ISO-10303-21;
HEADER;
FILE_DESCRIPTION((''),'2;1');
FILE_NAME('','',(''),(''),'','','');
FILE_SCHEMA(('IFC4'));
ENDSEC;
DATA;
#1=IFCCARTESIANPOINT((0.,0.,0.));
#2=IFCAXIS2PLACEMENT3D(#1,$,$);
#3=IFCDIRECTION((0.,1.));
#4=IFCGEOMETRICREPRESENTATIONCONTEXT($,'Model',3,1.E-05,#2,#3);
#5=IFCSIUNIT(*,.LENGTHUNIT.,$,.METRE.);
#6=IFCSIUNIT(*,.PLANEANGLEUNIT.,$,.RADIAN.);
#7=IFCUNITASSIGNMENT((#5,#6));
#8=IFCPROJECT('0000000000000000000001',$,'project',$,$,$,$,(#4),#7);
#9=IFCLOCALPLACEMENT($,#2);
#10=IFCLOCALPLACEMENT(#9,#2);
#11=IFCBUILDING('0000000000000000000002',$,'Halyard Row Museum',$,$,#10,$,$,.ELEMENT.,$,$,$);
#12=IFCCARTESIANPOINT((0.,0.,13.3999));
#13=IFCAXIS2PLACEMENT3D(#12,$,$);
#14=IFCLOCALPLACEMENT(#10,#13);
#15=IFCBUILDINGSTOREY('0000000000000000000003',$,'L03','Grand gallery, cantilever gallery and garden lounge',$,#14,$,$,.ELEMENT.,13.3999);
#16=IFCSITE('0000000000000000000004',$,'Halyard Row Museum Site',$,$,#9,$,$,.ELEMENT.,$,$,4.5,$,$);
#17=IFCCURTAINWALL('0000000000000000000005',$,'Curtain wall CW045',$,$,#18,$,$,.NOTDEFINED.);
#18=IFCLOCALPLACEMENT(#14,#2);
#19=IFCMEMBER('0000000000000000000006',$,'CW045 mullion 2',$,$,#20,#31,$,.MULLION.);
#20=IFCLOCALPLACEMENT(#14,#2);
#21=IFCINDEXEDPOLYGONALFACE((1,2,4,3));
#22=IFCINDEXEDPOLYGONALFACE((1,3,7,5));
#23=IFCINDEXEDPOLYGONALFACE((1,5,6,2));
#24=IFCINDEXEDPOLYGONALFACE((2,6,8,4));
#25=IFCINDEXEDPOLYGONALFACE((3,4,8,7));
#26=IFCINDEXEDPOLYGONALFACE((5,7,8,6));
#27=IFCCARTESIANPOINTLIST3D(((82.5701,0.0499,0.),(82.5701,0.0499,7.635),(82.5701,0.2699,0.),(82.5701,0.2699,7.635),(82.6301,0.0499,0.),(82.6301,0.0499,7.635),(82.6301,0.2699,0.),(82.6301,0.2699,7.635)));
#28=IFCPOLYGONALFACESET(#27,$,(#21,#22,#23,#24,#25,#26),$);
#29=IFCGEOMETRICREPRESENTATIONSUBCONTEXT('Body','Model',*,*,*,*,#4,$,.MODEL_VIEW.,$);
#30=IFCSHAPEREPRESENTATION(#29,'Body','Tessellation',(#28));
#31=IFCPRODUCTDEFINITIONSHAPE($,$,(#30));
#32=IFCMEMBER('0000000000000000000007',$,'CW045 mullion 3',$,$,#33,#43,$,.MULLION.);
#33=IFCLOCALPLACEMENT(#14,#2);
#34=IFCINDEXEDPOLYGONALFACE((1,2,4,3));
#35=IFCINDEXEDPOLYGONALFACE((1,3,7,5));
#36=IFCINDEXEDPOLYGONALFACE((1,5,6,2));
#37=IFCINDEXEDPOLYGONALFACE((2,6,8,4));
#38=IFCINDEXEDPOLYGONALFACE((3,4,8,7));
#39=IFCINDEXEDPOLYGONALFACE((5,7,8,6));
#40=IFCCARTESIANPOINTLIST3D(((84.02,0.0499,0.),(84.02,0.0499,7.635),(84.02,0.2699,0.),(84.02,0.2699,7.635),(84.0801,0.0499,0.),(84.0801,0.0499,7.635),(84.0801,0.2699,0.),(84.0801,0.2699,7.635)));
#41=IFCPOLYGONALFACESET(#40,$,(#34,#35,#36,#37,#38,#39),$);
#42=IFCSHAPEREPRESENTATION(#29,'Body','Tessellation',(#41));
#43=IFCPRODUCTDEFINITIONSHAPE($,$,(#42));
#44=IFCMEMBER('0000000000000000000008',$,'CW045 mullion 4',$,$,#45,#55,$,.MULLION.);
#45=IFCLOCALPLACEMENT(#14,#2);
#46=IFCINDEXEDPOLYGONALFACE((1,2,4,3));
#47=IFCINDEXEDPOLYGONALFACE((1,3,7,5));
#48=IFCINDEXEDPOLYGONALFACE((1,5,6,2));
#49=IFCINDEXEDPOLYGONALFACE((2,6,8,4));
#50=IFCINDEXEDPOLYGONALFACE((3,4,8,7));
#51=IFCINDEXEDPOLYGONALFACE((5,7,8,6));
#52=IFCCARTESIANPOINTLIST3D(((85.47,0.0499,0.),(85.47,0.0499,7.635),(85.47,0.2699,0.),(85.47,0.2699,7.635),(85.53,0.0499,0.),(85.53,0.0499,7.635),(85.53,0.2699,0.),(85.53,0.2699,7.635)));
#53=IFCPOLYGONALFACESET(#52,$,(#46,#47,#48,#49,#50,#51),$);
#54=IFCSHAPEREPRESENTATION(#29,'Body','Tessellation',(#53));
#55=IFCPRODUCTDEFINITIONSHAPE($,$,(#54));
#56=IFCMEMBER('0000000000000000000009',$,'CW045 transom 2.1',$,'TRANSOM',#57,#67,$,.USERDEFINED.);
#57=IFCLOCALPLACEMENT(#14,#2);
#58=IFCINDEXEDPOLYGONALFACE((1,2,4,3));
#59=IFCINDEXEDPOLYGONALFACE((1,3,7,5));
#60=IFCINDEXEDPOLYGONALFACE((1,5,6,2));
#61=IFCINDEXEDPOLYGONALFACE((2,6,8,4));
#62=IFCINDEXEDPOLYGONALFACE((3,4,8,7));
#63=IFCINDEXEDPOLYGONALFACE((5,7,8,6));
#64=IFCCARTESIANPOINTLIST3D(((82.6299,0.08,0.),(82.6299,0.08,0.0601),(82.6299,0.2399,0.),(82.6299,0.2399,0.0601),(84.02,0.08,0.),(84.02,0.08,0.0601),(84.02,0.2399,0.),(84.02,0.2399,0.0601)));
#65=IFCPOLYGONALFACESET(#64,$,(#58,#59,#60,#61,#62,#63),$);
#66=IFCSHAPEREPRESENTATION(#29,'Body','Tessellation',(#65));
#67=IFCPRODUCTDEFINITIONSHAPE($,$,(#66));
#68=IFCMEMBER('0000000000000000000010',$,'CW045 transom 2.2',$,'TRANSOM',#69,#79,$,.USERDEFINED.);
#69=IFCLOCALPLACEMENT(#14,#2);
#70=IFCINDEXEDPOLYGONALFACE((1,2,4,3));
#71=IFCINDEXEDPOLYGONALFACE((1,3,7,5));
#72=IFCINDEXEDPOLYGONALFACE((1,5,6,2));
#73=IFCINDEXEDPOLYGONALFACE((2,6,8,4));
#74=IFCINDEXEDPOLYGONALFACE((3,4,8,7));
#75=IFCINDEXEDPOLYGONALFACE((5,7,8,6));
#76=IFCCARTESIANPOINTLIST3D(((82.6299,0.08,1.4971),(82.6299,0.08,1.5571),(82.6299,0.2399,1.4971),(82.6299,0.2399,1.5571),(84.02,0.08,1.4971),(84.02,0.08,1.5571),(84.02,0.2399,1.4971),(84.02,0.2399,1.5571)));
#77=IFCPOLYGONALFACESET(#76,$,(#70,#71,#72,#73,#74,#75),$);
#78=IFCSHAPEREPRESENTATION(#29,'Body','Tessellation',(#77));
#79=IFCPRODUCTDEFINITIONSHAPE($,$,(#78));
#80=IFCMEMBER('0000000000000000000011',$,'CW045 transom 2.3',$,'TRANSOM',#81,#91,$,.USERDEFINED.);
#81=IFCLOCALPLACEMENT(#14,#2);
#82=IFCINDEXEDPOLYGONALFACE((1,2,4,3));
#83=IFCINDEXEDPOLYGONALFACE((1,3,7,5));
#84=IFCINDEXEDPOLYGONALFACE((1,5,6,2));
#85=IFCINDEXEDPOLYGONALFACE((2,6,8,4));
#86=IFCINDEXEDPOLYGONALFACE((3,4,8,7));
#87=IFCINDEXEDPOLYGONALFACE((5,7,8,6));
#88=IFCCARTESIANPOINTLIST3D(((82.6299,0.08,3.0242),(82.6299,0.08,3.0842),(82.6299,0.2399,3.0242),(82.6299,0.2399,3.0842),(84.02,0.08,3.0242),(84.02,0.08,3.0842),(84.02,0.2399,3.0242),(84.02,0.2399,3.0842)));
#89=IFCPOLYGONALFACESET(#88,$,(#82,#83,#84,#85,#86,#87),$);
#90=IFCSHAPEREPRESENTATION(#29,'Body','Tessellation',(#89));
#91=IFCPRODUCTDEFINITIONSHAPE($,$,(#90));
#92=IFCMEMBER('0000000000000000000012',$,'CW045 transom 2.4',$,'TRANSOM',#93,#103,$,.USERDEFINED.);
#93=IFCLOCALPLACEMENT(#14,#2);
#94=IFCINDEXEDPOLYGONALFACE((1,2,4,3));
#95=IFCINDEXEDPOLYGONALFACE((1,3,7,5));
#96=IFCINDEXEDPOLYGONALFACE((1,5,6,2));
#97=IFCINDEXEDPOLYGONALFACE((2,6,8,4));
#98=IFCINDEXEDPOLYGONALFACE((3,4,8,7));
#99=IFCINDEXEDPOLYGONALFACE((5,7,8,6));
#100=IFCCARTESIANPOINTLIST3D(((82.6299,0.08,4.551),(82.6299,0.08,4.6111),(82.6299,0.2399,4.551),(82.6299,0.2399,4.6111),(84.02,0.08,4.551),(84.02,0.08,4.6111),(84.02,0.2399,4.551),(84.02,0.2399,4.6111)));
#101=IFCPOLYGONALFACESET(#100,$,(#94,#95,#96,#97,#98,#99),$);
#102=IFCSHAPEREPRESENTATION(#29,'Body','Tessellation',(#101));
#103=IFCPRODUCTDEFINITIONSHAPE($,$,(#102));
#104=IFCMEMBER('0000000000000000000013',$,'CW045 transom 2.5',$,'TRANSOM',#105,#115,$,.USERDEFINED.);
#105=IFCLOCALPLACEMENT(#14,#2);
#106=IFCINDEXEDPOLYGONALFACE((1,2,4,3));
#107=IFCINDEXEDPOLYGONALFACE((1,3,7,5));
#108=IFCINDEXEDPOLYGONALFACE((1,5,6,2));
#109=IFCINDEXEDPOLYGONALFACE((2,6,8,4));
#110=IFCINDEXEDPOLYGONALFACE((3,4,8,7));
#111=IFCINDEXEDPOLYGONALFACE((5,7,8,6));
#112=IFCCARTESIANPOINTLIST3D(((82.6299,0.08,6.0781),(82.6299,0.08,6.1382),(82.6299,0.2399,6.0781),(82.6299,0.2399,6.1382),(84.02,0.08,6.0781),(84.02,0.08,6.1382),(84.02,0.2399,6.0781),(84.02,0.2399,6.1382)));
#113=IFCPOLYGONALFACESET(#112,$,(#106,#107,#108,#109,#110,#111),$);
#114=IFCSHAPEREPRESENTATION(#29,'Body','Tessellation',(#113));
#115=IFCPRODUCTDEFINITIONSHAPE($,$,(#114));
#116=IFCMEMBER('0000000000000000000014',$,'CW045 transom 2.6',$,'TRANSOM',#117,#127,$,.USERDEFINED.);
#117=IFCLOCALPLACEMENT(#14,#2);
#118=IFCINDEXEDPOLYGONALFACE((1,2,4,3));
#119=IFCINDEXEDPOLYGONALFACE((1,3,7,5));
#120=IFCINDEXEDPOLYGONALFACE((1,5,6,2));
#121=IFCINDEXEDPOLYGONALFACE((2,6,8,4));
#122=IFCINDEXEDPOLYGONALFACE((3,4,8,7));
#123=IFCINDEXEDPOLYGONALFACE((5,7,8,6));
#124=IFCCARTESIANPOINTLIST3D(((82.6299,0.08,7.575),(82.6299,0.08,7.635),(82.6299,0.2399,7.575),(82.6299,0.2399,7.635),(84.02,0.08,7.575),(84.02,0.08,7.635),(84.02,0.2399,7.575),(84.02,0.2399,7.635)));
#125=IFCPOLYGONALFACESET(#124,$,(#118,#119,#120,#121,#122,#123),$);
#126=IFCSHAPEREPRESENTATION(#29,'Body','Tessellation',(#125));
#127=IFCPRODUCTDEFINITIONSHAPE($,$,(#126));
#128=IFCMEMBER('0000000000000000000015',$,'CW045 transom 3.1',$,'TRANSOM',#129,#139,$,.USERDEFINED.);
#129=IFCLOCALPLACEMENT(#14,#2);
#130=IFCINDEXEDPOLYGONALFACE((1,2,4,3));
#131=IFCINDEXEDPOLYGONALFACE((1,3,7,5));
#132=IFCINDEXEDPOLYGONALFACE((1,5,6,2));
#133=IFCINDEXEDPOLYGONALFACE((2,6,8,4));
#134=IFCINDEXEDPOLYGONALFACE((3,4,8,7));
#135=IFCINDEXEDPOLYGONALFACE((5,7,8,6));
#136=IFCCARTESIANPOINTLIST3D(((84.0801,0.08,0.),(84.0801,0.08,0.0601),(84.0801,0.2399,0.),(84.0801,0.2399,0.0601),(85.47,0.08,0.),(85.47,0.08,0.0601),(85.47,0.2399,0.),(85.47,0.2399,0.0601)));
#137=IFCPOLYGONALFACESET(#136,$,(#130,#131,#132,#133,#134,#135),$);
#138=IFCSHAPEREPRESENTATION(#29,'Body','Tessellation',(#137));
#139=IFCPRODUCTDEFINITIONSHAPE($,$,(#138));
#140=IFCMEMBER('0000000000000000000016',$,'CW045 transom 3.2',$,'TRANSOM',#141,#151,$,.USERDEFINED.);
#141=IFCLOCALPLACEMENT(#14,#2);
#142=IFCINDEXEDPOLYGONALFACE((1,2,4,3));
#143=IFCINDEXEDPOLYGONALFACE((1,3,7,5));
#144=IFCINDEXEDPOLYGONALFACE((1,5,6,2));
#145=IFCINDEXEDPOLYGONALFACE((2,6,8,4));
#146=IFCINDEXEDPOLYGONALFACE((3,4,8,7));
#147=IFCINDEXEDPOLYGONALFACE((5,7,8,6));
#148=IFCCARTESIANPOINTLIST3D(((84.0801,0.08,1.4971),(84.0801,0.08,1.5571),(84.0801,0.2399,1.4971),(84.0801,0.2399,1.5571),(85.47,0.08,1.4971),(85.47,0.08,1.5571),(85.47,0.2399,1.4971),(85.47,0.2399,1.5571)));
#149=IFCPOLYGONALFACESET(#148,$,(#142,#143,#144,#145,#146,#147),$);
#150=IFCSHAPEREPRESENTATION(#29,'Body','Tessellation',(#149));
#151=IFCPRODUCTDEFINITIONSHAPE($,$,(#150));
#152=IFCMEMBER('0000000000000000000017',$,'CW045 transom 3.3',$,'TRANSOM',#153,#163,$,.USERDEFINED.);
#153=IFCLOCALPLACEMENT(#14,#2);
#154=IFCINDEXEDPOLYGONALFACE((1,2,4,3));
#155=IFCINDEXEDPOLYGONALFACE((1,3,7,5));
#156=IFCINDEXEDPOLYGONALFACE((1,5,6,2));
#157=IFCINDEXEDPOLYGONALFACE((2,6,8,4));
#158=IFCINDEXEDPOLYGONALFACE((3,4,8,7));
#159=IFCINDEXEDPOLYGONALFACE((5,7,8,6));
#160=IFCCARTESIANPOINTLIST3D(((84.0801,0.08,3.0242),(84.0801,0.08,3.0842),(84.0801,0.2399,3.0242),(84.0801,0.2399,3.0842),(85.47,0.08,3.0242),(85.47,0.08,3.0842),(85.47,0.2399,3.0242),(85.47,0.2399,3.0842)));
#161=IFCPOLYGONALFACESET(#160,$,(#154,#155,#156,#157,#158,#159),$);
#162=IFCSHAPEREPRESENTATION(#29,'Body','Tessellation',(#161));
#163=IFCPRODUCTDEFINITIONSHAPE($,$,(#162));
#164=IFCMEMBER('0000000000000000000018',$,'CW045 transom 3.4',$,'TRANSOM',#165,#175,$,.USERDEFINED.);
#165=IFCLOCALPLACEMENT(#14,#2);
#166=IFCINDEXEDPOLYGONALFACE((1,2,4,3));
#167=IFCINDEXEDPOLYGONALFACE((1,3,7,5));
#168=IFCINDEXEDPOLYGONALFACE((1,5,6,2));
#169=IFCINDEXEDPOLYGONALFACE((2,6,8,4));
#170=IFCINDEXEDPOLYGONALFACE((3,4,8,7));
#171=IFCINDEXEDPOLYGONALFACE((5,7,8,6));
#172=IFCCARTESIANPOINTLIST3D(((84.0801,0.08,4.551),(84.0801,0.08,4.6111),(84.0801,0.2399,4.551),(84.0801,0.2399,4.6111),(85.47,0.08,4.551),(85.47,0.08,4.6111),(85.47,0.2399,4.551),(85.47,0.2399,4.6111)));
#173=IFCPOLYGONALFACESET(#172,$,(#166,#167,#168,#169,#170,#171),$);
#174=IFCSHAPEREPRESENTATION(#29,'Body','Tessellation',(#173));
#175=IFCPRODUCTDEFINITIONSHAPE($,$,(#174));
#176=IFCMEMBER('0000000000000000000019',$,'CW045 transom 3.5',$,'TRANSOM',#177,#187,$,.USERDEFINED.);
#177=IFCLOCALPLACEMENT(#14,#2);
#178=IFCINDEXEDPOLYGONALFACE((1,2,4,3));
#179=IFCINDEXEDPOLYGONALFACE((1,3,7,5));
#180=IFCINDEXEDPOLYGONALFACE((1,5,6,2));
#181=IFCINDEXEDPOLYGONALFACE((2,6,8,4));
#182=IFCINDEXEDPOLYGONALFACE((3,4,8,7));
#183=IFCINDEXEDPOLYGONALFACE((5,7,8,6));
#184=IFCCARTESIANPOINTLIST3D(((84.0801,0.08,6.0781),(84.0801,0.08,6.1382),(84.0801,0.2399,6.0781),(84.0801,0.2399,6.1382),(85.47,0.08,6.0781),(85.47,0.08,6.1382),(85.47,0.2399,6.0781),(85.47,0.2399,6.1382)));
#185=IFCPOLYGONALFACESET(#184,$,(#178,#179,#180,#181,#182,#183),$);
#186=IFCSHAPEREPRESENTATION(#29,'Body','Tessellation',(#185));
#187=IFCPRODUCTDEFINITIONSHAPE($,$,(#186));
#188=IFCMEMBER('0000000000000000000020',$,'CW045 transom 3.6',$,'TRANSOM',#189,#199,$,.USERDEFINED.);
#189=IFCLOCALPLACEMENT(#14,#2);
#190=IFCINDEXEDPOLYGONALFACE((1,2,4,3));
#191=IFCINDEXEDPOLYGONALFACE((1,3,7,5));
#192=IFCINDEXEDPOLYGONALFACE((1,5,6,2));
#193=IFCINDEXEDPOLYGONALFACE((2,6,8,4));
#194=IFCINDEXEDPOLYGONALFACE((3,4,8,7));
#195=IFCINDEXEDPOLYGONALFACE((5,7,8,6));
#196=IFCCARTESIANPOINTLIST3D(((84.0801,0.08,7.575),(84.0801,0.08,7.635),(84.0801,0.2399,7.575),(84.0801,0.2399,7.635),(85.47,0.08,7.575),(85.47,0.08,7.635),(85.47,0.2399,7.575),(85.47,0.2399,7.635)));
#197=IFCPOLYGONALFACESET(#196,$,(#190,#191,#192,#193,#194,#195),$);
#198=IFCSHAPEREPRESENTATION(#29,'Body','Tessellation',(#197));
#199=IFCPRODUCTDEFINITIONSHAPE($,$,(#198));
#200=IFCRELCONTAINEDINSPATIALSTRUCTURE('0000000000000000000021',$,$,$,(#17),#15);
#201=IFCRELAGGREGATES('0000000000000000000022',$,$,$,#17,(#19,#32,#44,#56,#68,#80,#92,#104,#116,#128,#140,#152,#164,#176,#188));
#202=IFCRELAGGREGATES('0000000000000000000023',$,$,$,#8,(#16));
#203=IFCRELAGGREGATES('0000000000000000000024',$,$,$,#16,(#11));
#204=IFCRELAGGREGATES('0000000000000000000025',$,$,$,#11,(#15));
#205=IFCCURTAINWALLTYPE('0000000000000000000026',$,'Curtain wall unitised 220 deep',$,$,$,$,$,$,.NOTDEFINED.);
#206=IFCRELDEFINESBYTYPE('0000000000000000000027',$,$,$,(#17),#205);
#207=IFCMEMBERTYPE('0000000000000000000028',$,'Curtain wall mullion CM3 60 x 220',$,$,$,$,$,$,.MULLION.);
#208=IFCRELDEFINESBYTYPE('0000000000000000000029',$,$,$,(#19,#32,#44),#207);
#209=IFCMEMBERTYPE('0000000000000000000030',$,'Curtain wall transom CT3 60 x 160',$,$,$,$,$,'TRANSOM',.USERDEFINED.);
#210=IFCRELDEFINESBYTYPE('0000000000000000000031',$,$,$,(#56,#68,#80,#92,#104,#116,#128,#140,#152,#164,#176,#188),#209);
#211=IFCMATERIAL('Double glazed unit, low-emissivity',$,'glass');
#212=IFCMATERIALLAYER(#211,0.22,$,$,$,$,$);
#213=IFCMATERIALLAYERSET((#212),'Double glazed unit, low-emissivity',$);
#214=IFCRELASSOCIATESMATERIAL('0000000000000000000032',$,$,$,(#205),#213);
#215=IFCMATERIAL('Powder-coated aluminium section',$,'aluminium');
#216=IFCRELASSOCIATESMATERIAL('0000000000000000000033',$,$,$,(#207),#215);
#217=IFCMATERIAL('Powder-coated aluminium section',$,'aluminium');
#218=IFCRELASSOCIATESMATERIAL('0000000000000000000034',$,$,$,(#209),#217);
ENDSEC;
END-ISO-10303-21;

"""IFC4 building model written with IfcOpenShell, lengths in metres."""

from ifc_helpers import new_model, si_unit, direction, frame, origin, origin_2d, place, context, subcontext, project, spatial, rectangle, extrude, material, layer, layer_set, material_profile, profile_set, type_object, element, aggregate, save


model = new_model("IFC4")

# Units and contexts
model_context = context("Model", 3, precision=1e-05, world=origin(), true_north=direction((0.0, 1.0)))
body_context = subcontext(model_context, "Body", "Model", "MODEL_VIEW")
ifc_project = project(units=[si_unit("LENGTHUNIT", "METRE"), si_unit("PLANEANGLEUNIT", "RADIAN")], contexts=[model_context])

# Site, building, storey
site_placement = place(None, origin())
site = spatial("IfcSite", under=ifc_project, at=site_placement, Name="Halyard Row Museum Site", CompositionType="ELEMENT", RefElevation=4.5)
building_placement = place(site_placement, origin())
building = spatial("IfcBuilding", under=site, at=building_placement, Name="Halyard Row Museum", CompositionType="ELEMENT")
storey_placement = place(building_placement, frame((0.0, 0.0, 13.3999)))
storey = spatial("IfcBuildingStorey", under=building, at=storey_placement, Name="L03", Description="Grand gallery, cantilever gallery and garden lounge", CompositionType="ELEMENT", Elevation=13.3999)

# Curtain wall, members
ifc_material_1 = material(Name="Double glazed unit, low-emissivity", Category="glass")
ifc_layer_1 = layer(ifc_material_1, 0.22)
ifc_layer_set_1 = layer_set([ifc_layer_1], Name="Double glazed unit, low-emissivity")
curtain_wall_type = type_object("IfcCurtainWallType", Name="Curtain wall unitised 220 deep", PredefinedType="NOTDEFINED", material=ifc_layer_set_1)
curtain_wall_placement = place(storey_placement, origin())
curtain_wall = element("IfcCurtainWall", 1, at=curtain_wall_placement, inside=storey, type_object=curtain_wall_type, Name="Curtain wall CW045", PredefinedType="NOTDEFINED")
ifc_material_2 = material(Name="Powder-coated aluminium section", Category="aluminium")
ifc_material_profile_1 = material_profile(ifc_material_2, rectangle(XDim=0.22, YDim=0.0601, at=origin_2d()), Name="220x60 mullion")
ifc_profile_set_1 = profile_set([ifc_material_profile_1], Name="Powder-coated aluminium section")
member_type_1 = type_object("IfcMemberType", Name="Curtain wall mullion CM3 60 x 220", PredefinedType="MULLION", material=ifc_profile_set_1)
member_1_placement = place(storey_placement, frame((82.6001, 0.1599, 0.0), z_axis=(0.0, 0.0, 1.0), x_axis=(0.0, 1.0, 0.0)))
member_1 = element("IfcMember", 2, at=member_1_placement, type_object=member_type_1, Name="CW045 mullion 2", PredefinedType="MULLION", context=body_context, shape_type="SweptSolid", body=[
    extrude(rectangle(XDim=0.22, YDim=0.0601, at=origin_2d()), origin(), (0.0, 0.0, 1.0), 7.635),
])
member_2_placement = place(storey_placement, frame((84.05, 0.1599, 0.0), z_axis=(0.0, 0.0, 1.0), x_axis=(0.0, 1.0, 0.0)))
member_2 = element("IfcMember", 3, at=member_2_placement, type_object=member_type_1, Name="CW045 mullion 3", PredefinedType="MULLION", context=body_context, shape_type="SweptSolid", body=[
    extrude(rectangle(XDim=0.22, YDim=0.0601, at=origin_2d()), origin(), (0.0, 0.0, 1.0), 7.635),
])
member_3_placement = place(storey_placement, frame((85.5, 0.1599, 0.0), z_axis=(0.0, 0.0, 1.0), x_axis=(0.0, 1.0, 0.0)))
member_3 = element("IfcMember", 4, at=member_3_placement, type_object=member_type_1, Name="CW045 mullion 4", PredefinedType="MULLION", context=body_context, shape_type="SweptSolid", body=[
    extrude(rectangle(XDim=0.22, YDim=0.0601, at=origin_2d()), origin(), (0.0, 0.0, 1.0), 7.635),
])
ifc_material_3 = material(Name="Powder-coated aluminium section", Category="aluminium")
ifc_material_profile_2 = material_profile(ifc_material_3, rectangle(XDim=0.1599, YDim=0.0601, at=origin_2d()), Name="160x60 transom")
ifc_profile_set_2 = profile_set([ifc_material_profile_2], Name="Powder-coated aluminium section")
member_type_2 = type_object("IfcMemberType", Name="Curtain wall transom CT3 60 x 160", ElementType="TRANSOM", PredefinedType="USERDEFINED", material=ifc_profile_set_2)
member_4_placement = place(storey_placement, frame((82.6299, 0.1599, 0.03), z_axis=(1.0, 0.0, 0.0), x_axis=(0.0, 1.0, 0.0)))
member_4 = element("IfcMember", 5, at=member_4_placement, type_object=member_type_2, Name="CW045 transom 2.1", ObjectType="TRANSOM", PredefinedType="USERDEFINED", context=body_context, shape_type="SweptSolid", body=[
    extrude(rectangle(XDim=0.1599, YDim=0.0601, at=origin_2d()), origin(), (0.0, 0.0, 1.0), 1.3901),
])
member_5_placement = place(storey_placement, frame((82.6299, 0.1599, 1.5271), z_axis=(1.0, 0.0, 0.0), x_axis=(0.0, 1.0, 0.0)))
member_5 = element("IfcMember", 6, at=member_5_placement, type_object=member_type_2, Name="CW045 transom 2.2", ObjectType="TRANSOM", PredefinedType="USERDEFINED", context=body_context, shape_type="SweptSolid", body=[
    extrude(rectangle(XDim=0.1599, YDim=0.0601, at=origin_2d()), origin(), (0.0, 0.0, 1.0), 1.3901),
])
member_6_placement = place(storey_placement, frame((82.6299, 0.1599, 3.0542), z_axis=(1.0, 0.0, 0.0), x_axis=(0.0, 1.0, 0.0)))
member_6 = element("IfcMember", 7, at=member_6_placement, type_object=member_type_2, Name="CW045 transom 2.3", ObjectType="TRANSOM", PredefinedType="USERDEFINED", context=body_context, shape_type="SweptSolid", body=[
    extrude(rectangle(XDim=0.1599, YDim=0.0601, at=origin_2d()), origin(), (0.0, 0.0, 1.0), 1.3901),
])
member_7_placement = place(storey_placement, frame((82.6299, 0.1599, 4.5811), z_axis=(1.0, 0.0, 0.0), x_axis=(0.0, 1.0, 0.0)))
member_7 = element("IfcMember", 8, at=member_7_placement, type_object=member_type_2, Name="CW045 transom 2.4", ObjectType="TRANSOM", PredefinedType="USERDEFINED", context=body_context, shape_type="SweptSolid", body=[
    extrude(rectangle(XDim=0.1599, YDim=0.0601, at=origin_2d()), origin(), (0.0, 0.0, 1.0), 1.3901),
])
member_8_placement = place(storey_placement, frame((82.6299, 0.1599, 6.1082), z_axis=(1.0, 0.0, 0.0), x_axis=(0.0, 1.0, 0.0)))
member_8 = element("IfcMember", 9, at=member_8_placement, type_object=member_type_2, Name="CW045 transom 2.5", ObjectType="TRANSOM", PredefinedType="USERDEFINED", context=body_context, shape_type="SweptSolid", body=[
    extrude(rectangle(XDim=0.1599, YDim=0.0601, at=origin_2d()), origin(), (0.0, 0.0, 1.0), 1.3901),
])
member_9_placement = place(storey_placement, frame((82.6299, 0.1599, 7.605), z_axis=(1.0, 0.0, 0.0), x_axis=(0.0, 1.0, 0.0)))
member_9 = element("IfcMember", 10, at=member_9_placement, type_object=member_type_2, Name="CW045 transom 2.6", ObjectType="TRANSOM", PredefinedType="USERDEFINED", context=body_context, shape_type="SweptSolid", body=[
    extrude(rectangle(XDim=0.1599, YDim=0.0601, at=origin_2d()), origin(), (0.0, 0.0, 1.0), 1.3901),
])
member_10_placement = place(storey_placement, frame((84.0801, 0.1599, 0.03), z_axis=(1.0, 0.0, 0.0), x_axis=(0.0, 1.0, 0.0)))
member_10 = element("IfcMember", 11, at=member_10_placement, type_object=member_type_2, Name="CW045 transom 3.1", ObjectType="TRANSOM", PredefinedType="USERDEFINED", context=body_context, shape_type="SweptSolid", body=[
    extrude(rectangle(XDim=0.1599, YDim=0.0601, at=origin_2d()), origin(), (0.0, 0.0, 1.0), 1.3899),
])
member_11_placement = place(storey_placement, frame((84.0801, 0.1599, 1.5271), z_axis=(1.0, 0.0, 0.0), x_axis=(0.0, 1.0, 0.0)))
member_11 = element("IfcMember", 12, at=member_11_placement, type_object=member_type_2, Name="CW045 transom 3.2", ObjectType="TRANSOM", PredefinedType="USERDEFINED", context=body_context, shape_type="SweptSolid", body=[
    extrude(rectangle(XDim=0.1599, YDim=0.0601, at=origin_2d()), origin(), (0.0, 0.0, 1.0), 1.3899),
])
member_12_placement = place(storey_placement, frame((84.0801, 0.1599, 3.0542), z_axis=(1.0, 0.0, 0.0), x_axis=(0.0, 1.0, 0.0)))
member_12 = element("IfcMember", 13, at=member_12_placement, type_object=member_type_2, Name="CW045 transom 3.3", ObjectType="TRANSOM", PredefinedType="USERDEFINED", context=body_context, shape_type="SweptSolid", body=[
    extrude(rectangle(XDim=0.1599, YDim=0.0601, at=origin_2d()), origin(), (0.0, 0.0, 1.0), 1.3899),
])
member_13_placement = place(storey_placement, frame((84.0801, 0.1599, 4.5811), z_axis=(1.0, 0.0, 0.0), x_axis=(0.0, 1.0, 0.0)))
member_13 = element("IfcMember", 14, at=member_13_placement, type_object=member_type_2, Name="CW045 transom 3.4", ObjectType="TRANSOM", PredefinedType="USERDEFINED", context=body_context, shape_type="SweptSolid", body=[
    extrude(rectangle(XDim=0.1599, YDim=0.0601, at=origin_2d()), origin(), (0.0, 0.0, 1.0), 1.3899),
])
member_14_placement = place(storey_placement, frame((84.0801, 0.1599, 6.1082), z_axis=(1.0, 0.0, 0.0), x_axis=(0.0, 1.0, 0.0)))
member_14 = element("IfcMember", 15, at=member_14_placement, type_object=member_type_2, Name="CW045 transom 3.5", ObjectType="TRANSOM", PredefinedType="USERDEFINED", context=body_context, shape_type="SweptSolid", body=[
    extrude(rectangle(XDim=0.1599, YDim=0.0601, at=origin_2d()), origin(), (0.0, 0.0, 1.0), 1.3899),
])
member_15_placement = place(storey_placement, frame((84.0801, 0.1599, 7.605), z_axis=(1.0, 0.0, 0.0), x_axis=(0.0, 1.0, 0.0)))
member_15 = element("IfcMember", 16, at=member_15_placement, type_object=member_type_2, Name="CW045 transom 3.6", ObjectType="TRANSOM", PredefinedType="USERDEFINED", context=body_context, shape_type="SweptSolid", body=[
    extrude(rectangle(XDim=0.1599, YDim=0.0601, at=origin_2d()), origin(), (0.0, 0.0, 1.0), 1.3899),
])

aggregate(curtain_wall, [member_1, member_2, member_3, member_4, member_5, member_6, member_7, member_8, member_9, member_10, member_11, member_12, member_13, member_14, member_15])

save(model, "model.ifc")
